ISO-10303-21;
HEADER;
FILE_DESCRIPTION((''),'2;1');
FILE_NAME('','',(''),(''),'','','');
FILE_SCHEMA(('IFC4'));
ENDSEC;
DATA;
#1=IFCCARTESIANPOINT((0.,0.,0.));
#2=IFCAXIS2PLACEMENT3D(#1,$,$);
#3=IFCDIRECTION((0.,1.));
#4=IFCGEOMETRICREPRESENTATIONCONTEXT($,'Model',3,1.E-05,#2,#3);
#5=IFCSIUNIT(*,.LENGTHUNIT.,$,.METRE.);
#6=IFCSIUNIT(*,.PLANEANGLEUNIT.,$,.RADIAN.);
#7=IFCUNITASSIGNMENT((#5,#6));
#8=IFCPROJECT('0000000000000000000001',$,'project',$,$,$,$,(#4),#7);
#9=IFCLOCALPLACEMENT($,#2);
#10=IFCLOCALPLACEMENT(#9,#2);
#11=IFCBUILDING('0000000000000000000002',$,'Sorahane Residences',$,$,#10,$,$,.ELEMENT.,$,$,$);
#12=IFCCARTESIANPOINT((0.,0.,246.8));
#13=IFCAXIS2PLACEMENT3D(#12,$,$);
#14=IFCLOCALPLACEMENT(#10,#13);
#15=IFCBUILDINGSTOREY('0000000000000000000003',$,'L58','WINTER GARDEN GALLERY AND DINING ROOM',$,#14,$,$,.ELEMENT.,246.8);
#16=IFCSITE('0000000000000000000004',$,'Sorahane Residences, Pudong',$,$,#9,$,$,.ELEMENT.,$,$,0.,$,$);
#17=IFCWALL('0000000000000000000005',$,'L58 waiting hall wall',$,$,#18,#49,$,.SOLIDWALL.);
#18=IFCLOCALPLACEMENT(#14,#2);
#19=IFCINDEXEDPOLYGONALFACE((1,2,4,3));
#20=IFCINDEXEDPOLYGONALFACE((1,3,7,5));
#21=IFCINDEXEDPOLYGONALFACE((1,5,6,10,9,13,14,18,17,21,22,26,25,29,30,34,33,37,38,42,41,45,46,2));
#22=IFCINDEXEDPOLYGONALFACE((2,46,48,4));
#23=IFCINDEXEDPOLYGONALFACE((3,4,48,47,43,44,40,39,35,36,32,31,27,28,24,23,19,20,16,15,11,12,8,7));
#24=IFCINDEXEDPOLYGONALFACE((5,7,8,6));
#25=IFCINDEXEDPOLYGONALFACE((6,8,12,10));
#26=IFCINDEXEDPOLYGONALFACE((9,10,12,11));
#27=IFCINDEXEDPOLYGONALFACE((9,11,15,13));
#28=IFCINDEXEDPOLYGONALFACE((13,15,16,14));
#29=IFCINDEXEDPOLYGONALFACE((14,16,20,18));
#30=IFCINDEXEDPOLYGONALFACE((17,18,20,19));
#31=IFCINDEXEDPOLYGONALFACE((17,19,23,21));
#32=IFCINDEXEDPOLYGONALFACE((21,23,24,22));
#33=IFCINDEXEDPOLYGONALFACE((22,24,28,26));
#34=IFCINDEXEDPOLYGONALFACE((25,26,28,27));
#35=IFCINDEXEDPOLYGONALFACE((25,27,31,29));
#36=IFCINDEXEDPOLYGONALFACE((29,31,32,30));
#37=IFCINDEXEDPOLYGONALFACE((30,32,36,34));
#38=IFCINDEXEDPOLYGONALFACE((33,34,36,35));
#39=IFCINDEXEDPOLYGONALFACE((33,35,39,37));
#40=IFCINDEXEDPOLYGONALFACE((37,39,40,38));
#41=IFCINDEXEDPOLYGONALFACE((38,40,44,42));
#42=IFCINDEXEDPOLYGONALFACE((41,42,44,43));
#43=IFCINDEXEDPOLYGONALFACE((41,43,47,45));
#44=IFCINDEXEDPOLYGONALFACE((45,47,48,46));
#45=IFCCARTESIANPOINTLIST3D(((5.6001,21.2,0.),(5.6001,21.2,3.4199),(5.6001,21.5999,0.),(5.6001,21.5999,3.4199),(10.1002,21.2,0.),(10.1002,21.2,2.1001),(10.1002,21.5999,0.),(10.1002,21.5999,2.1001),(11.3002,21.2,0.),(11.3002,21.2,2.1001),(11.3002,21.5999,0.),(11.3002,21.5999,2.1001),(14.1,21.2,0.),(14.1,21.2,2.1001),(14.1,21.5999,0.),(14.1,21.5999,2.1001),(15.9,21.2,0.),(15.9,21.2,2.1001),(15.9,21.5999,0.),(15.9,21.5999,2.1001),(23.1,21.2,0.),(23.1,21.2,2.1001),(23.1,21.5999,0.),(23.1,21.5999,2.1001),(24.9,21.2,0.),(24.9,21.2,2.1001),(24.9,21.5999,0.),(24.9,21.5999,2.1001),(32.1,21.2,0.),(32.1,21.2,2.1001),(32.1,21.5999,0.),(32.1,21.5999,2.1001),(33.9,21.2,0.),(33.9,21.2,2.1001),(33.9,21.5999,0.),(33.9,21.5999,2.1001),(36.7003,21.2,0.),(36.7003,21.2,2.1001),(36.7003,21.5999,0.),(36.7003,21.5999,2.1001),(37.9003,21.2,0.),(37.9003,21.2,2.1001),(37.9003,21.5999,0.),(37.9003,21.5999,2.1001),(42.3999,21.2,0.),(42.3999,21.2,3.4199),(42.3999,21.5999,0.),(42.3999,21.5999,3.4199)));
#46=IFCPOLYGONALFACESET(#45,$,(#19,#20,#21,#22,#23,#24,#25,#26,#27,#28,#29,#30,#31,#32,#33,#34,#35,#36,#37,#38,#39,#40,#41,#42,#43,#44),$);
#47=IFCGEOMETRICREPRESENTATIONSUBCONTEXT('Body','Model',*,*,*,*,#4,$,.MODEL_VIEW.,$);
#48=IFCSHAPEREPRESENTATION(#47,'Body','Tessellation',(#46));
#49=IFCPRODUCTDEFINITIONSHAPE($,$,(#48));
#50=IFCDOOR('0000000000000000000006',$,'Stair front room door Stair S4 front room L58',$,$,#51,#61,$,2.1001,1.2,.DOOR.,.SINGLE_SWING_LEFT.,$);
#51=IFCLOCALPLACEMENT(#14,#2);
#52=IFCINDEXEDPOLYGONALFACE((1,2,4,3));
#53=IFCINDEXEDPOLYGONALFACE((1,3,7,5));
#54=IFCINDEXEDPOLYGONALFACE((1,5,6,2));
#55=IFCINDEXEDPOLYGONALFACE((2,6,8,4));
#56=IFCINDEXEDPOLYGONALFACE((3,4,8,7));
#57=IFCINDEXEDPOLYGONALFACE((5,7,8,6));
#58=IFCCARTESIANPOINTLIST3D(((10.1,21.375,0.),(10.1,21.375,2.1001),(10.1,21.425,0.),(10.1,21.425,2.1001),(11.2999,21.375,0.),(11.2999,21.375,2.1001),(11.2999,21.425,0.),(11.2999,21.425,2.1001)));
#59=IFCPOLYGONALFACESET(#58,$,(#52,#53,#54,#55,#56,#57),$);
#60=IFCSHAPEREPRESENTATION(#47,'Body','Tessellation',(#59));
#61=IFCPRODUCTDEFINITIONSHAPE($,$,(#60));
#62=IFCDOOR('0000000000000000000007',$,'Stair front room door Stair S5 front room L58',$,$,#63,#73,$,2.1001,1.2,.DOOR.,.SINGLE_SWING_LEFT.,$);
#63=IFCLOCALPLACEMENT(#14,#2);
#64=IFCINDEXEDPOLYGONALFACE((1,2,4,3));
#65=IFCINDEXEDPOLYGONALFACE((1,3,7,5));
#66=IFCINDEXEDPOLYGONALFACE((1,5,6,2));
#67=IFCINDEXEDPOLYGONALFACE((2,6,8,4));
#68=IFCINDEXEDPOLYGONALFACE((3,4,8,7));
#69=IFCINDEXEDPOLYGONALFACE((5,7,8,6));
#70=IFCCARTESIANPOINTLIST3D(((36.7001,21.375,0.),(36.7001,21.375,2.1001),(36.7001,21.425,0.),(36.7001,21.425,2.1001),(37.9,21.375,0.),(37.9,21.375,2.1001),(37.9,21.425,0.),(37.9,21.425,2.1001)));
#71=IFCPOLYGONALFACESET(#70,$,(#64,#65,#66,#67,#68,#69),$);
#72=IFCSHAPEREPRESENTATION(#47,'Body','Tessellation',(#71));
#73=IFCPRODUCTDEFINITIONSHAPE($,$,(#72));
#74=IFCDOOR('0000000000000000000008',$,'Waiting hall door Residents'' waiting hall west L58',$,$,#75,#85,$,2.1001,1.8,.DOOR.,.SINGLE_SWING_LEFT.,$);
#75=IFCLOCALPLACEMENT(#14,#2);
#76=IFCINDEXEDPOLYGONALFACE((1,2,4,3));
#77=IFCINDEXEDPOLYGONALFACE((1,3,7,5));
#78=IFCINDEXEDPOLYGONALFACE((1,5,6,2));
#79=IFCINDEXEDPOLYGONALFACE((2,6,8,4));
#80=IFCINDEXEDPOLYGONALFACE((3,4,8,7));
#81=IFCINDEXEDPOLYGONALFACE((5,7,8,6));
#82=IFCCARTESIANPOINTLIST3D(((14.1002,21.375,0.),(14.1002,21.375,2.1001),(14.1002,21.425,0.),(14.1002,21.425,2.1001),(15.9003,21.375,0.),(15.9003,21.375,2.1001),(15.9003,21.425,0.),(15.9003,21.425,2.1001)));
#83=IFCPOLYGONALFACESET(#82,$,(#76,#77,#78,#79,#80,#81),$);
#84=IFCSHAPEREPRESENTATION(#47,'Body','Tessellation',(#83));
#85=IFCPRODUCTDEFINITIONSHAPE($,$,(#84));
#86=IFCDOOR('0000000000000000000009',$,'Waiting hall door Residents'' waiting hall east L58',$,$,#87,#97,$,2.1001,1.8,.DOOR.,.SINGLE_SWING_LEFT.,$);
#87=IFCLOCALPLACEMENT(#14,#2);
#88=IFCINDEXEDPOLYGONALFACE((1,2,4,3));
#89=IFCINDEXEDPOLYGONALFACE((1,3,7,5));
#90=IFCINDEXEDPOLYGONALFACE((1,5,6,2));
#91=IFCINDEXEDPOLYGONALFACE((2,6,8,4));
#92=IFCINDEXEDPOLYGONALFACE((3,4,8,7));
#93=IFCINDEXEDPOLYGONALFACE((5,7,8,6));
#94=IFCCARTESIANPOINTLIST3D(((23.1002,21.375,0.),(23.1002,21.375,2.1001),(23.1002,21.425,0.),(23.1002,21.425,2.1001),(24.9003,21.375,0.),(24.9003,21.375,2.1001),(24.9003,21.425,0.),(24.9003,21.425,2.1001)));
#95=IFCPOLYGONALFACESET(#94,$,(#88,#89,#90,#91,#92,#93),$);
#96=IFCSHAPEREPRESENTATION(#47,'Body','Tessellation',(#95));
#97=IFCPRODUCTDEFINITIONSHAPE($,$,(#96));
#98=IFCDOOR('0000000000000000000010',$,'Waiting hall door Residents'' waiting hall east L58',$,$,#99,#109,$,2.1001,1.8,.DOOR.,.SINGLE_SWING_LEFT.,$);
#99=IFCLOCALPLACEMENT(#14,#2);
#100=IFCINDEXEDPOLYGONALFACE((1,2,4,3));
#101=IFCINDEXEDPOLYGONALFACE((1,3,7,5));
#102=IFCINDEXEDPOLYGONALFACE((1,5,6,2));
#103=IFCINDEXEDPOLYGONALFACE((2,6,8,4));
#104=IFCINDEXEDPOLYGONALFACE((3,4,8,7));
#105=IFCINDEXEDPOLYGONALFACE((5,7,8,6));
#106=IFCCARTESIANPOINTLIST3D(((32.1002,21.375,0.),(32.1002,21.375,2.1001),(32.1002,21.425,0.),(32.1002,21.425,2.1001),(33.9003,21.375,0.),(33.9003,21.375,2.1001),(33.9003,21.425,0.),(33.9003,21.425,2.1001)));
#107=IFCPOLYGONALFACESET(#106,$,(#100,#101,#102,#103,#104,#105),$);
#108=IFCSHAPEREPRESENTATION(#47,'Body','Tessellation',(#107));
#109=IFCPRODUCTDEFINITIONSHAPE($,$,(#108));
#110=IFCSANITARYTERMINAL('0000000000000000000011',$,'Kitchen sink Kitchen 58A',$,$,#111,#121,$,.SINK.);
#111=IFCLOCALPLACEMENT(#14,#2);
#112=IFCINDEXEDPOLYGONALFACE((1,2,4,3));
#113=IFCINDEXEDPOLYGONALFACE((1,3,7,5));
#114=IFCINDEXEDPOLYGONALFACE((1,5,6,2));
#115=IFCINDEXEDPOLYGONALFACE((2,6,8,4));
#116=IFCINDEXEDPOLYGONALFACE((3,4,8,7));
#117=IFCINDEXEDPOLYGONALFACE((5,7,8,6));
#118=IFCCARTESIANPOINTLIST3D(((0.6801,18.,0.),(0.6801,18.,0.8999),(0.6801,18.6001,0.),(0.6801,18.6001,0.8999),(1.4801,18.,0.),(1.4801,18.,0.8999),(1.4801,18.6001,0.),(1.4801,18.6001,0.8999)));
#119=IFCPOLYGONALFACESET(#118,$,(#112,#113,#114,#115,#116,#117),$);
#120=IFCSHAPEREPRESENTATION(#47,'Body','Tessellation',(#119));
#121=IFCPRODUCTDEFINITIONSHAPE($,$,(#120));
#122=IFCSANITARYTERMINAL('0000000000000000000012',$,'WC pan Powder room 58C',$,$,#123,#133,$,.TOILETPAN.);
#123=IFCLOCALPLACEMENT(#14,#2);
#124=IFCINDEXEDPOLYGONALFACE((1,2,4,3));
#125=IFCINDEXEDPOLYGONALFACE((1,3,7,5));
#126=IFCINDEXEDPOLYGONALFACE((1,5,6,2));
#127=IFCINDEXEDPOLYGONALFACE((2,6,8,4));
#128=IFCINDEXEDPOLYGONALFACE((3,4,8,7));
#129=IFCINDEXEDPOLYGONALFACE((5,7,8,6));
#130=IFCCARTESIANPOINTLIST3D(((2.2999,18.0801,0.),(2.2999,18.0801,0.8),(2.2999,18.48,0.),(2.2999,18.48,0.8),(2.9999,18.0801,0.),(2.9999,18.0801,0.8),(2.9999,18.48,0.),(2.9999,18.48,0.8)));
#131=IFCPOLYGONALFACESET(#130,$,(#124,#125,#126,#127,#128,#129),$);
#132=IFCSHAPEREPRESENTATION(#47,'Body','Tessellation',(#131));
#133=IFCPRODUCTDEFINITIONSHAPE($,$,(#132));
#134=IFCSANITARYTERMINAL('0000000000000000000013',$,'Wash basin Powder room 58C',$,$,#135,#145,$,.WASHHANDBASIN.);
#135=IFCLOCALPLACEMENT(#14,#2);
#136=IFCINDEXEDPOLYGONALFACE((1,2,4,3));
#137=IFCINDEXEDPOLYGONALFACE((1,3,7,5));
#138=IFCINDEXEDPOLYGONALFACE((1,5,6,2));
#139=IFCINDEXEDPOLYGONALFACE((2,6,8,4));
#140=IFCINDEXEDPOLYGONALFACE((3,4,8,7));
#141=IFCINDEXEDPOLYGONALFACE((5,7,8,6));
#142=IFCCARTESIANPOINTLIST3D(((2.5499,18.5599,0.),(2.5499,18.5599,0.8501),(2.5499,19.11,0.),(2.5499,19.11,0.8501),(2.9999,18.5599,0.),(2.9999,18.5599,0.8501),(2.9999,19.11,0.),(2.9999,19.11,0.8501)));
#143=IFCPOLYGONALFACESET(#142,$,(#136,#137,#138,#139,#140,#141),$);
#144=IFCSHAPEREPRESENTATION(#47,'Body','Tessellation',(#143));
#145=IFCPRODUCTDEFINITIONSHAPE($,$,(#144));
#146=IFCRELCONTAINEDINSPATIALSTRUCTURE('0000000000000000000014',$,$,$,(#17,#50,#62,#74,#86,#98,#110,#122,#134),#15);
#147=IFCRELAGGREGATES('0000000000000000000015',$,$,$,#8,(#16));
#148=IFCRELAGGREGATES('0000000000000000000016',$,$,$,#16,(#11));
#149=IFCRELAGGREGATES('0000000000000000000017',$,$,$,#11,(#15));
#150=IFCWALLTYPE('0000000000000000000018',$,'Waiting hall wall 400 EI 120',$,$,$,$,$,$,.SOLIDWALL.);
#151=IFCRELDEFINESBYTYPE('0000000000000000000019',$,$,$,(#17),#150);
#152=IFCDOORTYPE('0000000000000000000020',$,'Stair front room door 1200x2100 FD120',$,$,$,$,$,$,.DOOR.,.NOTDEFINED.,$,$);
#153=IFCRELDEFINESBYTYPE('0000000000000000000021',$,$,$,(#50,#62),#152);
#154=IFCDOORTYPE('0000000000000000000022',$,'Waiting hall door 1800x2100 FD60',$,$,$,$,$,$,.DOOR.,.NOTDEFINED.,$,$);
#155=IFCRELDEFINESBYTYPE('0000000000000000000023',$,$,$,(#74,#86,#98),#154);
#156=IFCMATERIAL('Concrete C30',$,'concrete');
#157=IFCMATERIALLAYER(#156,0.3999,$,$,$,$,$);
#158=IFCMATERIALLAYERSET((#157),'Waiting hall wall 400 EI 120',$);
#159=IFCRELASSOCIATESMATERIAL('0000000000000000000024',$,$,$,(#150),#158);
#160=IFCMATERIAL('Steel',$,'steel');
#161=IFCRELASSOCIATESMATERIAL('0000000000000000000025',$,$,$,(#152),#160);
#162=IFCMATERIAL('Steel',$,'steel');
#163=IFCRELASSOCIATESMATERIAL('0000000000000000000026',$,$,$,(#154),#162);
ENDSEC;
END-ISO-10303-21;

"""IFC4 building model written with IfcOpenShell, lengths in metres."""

from ifc_helpers import new_model, si_unit, direction, frame, frame_2d, origin, origin_2d, place, context, subcontext, project, spatial, rectangle, extrude, material, layer, layer_set, type_object, element, fill, save


model = new_model("IFC4")

# Units and contexts
model_context = context("Model", 3, precision=1e-05, world=origin(), true_north=direction((0.0, 1.0)))
body_context = subcontext(model_context, "Body", "Model", "MODEL_VIEW")
ifc_project = project(units=[si_unit("LENGTHUNIT", "METRE"), si_unit("PLANEANGLEUNIT", "RADIAN")], contexts=[model_context])

# Site, building, storey
site_placement = place(None, origin())
site = spatial("IfcSite", under=ifc_project, at=site_placement, Name="Sorahane Residences, Pudong", CompositionType="ELEMENT", RefElevation=0.0)
building_placement = place(site_placement, origin())
building = spatial("IfcBuilding", under=site, at=building_placement, Name="Sorahane Residences", CompositionType="ELEMENT")
storey_placement = place(building_placement, frame((0.0, 0.0, 246.8)))
storey = spatial("IfcBuildingStorey", under=building, at=storey_placement, Name="L58", Description="WINTER GARDEN GALLERY AND DINING ROOM", CompositionType="ELEMENT", Elevation=246.8)

# Wall, openings, doors
ifc_material_1 = material(Name="Concrete C30", Category="concrete")
ifc_layer_1 = layer(ifc_material_1, 0.3999)
ifc_layer_set_1 = layer_set([ifc_layer_1], Name="Waiting hall wall 400 EI 120")
wall_type_1 = type_object("IfcWallType", Name="Waiting hall wall 400 EI 120", PredefinedType="SOLIDWALL", material=ifc_layer_set_1)
wall_1_placement = place(storey_placement, frame((5.6001, 21.3999, 0.0), z_axis=(0.0, 0.0, 1.0), x_axis=(1.0, 0.0, 0.0)))
wall_1 = element("IfcWall", 1, at=wall_1_placement, inside=storey, type_object=wall_type_1, Name="L58 waiting hall wall", PredefinedType="SOLIDWALL", context=body_context, shape_type="SweptSolid", body=[
    extrude(rectangle(XDim=36.7998, YDim=0.3999, at=frame_2d((18.3999, 0.0))), origin(), (0.0, 0.0, 1.0), 3.4199),
])
opening_1_placement = place(wall_1_placement, frame((8.5, 0.0, 0.0)))
opening_1 = element("IfcOpeningElement", 2, at=opening_1_placement, cuts=wall_1, PredefinedType="OPENING", context=body_context, shape_type="SweptSolid", body=[
    extrude(rectangle(XDim=1.8, YDim=2.1001, at=frame_2d((0.8999, 1.05))), frame((0.0, 0.21, 0.0), z_axis=(0.0, -1.0, 0.0), x_axis=(1.0, 0.0, 0.0)), (0.0, 0.0, 1.0), 0.4199),
])
opening_2_placement = place(wall_1_placement, frame((17.5, 0.0, 0.0)))
opening_2 = element("IfcOpeningElement", 3, at=opening_2_placement, cuts=wall_1, PredefinedType="OPENING", context=body_context, shape_type="SweptSolid", body=[
    extrude(rectangle(XDim=1.8, YDim=2.1001, at=frame_2d((0.8999, 1.05))), frame((0.0, 0.21, 0.0), z_axis=(0.0, -1.0, 0.0), x_axis=(1.0, 0.0, 0.0)), (0.0, 0.0, 1.0), 0.4199),
])
opening_3_placement = place(wall_1_placement, frame((26.5, 0.0, 0.0)))
opening_3 = element("IfcOpeningElement", 4, at=opening_3_placement, cuts=wall_1, PredefinedType="OPENING", context=body_context, shape_type="SweptSolid", body=[
    extrude(rectangle(XDim=1.8, YDim=2.1001, at=frame_2d((0.8999, 1.05))), frame((0.0, 0.21, 0.0), z_axis=(0.0, -1.0, 0.0), x_axis=(1.0, 0.0, 0.0)), (0.0, 0.0, 1.0), 0.4199),
])
opening_4_placement = place(wall_1_placement, frame((4.5, 0.0, 0.0)))
opening_4 = element("IfcOpeningElement", 5, at=opening_4_placement, cuts=wall_1, PredefinedType="OPENING", context=body_context, shape_type="SweptSolid", body=[
    extrude(rectangle(XDim=1.2, YDim=2.1001, at=frame_2d((0.6001, 1.05))), frame((0.0, 0.21, 0.0), z_axis=(0.0, -1.0, 0.0), x_axis=(1.0, 0.0, 0.0)), (0.0, 0.0, 1.0), 0.4199),
])
opening_5_placement = place(wall_1_placement, frame((31.1001, 0.0, 0.0)))
opening_5 = element("IfcOpeningElement", 6, at=opening_5_placement, cuts=wall_1, PredefinedType="OPENING", context=body_context, shape_type="SweptSolid", body=[
    extrude(rectangle(XDim=1.2, YDim=2.1001, at=frame_2d((0.6001, 1.05))), frame((0.0, 0.21, 0.0), z_axis=(0.0, -1.0, 0.0), x_axis=(1.0, 0.0, 0.0)), (0.0, 0.0, 1.0), 0.4199),
])
ifc_material_2 = material(Name="Steel", Category="steel")
door_type_1 = type_object("IfcDoorType", Name="Stair front room door 1200x2100 FD120", OperationType="NOTDEFINED", PredefinedType="DOOR", material=ifc_material_2)
door_1_placement = place(opening_4_placement, frame((1.2, 0.0, 0.0), z_axis=(0.0, 0.0, 1.0), x_axis=(-1.0, 0.0, 0.0)))
door_1 = element("IfcDoor", 7, at=door_1_placement, inside=storey, type_object=door_type_1, Name="Stair front room door Stair S4 front room L58", OperationType="SINGLE_SWING_LEFT", OverallHeight=2.1001, OverallWidth=1.2, PredefinedType="DOOR", context=body_context, shape_type="SweptSolid", body=[
    extrude(rectangle(XDim=1.2, YDim=2.1001, at=frame_2d((0.6001, 1.05))), frame((0.0, 0.0249, 0.0), z_axis=(0.0, -1.0, 0.0), x_axis=(1.0, 0.0, 0.0)), (0.0, 0.0, 1.0), 0.05),
])
fill(opening_4, door_1)
door_2_placement = place(opening_5_placement, frame((1.2, 0.0, 0.0), z_axis=(0.0, 0.0, 1.0), x_axis=(-1.0, 0.0, 0.0)))
door_2 = element("IfcDoor", 8, at=door_2_placement, inside=storey, type_object=door_type_1, Name="Stair front room door Stair S5 front room L58", OperationType="SINGLE_SWING_LEFT", OverallHeight=2.1001, OverallWidth=1.2, PredefinedType="DOOR", context=body_context, shape_type="SweptSolid", body=[
    extrude(rectangle(XDim=1.2, YDim=2.1001, at=frame_2d((0.6001, 1.05))), frame((0.0, 0.0249, 0.0), z_axis=(0.0, -1.0, 0.0), x_axis=(1.0, 0.0, 0.0)), (0.0, 0.0, 1.0), 0.05),
])
fill(opening_5, door_2)
ifc_material_3 = material(Name="Steel", Category="steel")
door_type_2 = type_object("IfcDoorType", Name="Waiting hall door 1800x2100 FD60", OperationType="NOTDEFINED", PredefinedType="DOOR", material=ifc_material_3)
door_3_placement = place(opening_1_placement, frame((1.8, 0.0, 0.0), z_axis=(0.0, 0.0, 1.0), x_axis=(-1.0, 0.0, 0.0)))
door_3 = element("IfcDoor", 9, at=door_3_placement, inside=storey, type_object=door_type_2, Name="Waiting hall door Residents' waiting hall west L58", OperationType="SINGLE_SWING_LEFT", OverallHeight=2.1001, OverallWidth=1.8, PredefinedType="DOOR", context=body_context, shape_type="SweptSolid", body=[
    extrude(rectangle(XDim=1.8, YDim=2.1001, at=frame_2d((0.8999, 1.05))), frame((0.0, 0.0249, 0.0), z_axis=(0.0, -1.0, 0.0), x_axis=(1.0, 0.0, 0.0)), (0.0, 0.0, 1.0), 0.05),
])
fill(opening_1, door_3)
door_4_placement = place(opening_2_placement, frame((1.8, 0.0, 0.0), z_axis=(0.0, 0.0, 1.0), x_axis=(-1.0, 0.0, 0.0)))
door_4 = element("IfcDoor", 10, at=door_4_placement, inside=storey, type_object=door_type_2, Name="Waiting hall door Residents' waiting hall east L58", OperationType="SINGLE_SWING_LEFT", OverallHeight=2.1001, OverallWidth=1.8, PredefinedType="DOOR", context=body_context, shape_type="SweptSolid", body=[
    extrude(rectangle(XDim=1.8, YDim=2.1001, at=frame_2d((0.8999, 1.05))), frame((0.0, 0.0249, 0.0), z_axis=(0.0, -1.0, 0.0), x_axis=(1.0, 0.0, 0.0)), (0.0, 0.0, 1.0), 0.05),
])
fill(opening_2, door_4)
door_5_placement = place(opening_3_placement, frame((1.8, 0.0, 0.0), z_axis=(0.0, 0.0, 1.0), x_axis=(-1.0, 0.0, 0.0)))
door_5 = element("IfcDoor", 11, at=door_5_placement, inside=storey, type_object=door_type_2, Name="Waiting hall door Residents' waiting hall east L58", OperationType="SINGLE_SWING_LEFT", OverallHeight=2.1001, OverallWidth=1.8, PredefinedType="DOOR", context=body_context, shape_type="SweptSolid", body=[
    extrude(rectangle(XDim=1.8, YDim=2.1001, at=frame_2d((0.8999, 1.05))), frame((0.0, 0.0249, 0.0), z_axis=(0.0, -1.0, 0.0), x_axis=(1.0, 0.0, 0.0)), (0.0, 0.0, 1.0), 0.05),
])
fill(opening_3, door_5)

# Sanitary terminals
sanitary_terminal_1_placement = place(storey_placement, frame((1.0801, 18.3, 0.0), z_axis=(0.0, 0.0, 1.0), x_axis=(1.0, 0.0, 0.0)))
element("IfcSanitaryTerminal", 12, at=sanitary_terminal_1_placement, inside=storey, Name="Kitchen sink Kitchen 58A", PredefinedType="SINK", context=body_context, shape_type="SweptSolid", body=[
    extrude(rectangle(XDim=0.8, YDim=0.6001, at=origin_2d()), origin(), (0.0, 0.0, 1.0), 0.8999),
])
sanitary_terminal_2_placement = place(storey_placement, frame((2.6499, 18.28, 0.0), z_axis=(0.0, 0.0, 1.0), x_axis=(0.0, -1.0, 0.0)))
element("IfcSanitaryTerminal", 13, at=sanitary_terminal_2_placement, inside=storey, Name="WC pan Powder room 58C", PredefinedType="TOILETPAN", context=body_context, shape_type="SweptSolid", body=[
    extrude(rectangle(XDim=0.3999, YDim=0.7, at=origin_2d()), origin(), (0.0, 0.0, 1.0), 0.8),
])
sanitary_terminal_3_placement = place(storey_placement, frame((2.7749, 18.835, 0.0), z_axis=(0.0, 0.0, 1.0), x_axis=(0.0, -1.0, 0.0)))
element("IfcSanitaryTerminal", 14, at=sanitary_terminal_3_placement, inside=storey, Name="Wash basin Powder room 58C", PredefinedType="WASHHANDBASIN", context=body_context, shape_type="SweptSolid", body=[
    extrude(rectangle(XDim=0.55, YDim=0.45, at=origin_2d()), origin(), (0.0, 0.0, 1.0), 0.8501),
])

save(model, "model.ifc")
